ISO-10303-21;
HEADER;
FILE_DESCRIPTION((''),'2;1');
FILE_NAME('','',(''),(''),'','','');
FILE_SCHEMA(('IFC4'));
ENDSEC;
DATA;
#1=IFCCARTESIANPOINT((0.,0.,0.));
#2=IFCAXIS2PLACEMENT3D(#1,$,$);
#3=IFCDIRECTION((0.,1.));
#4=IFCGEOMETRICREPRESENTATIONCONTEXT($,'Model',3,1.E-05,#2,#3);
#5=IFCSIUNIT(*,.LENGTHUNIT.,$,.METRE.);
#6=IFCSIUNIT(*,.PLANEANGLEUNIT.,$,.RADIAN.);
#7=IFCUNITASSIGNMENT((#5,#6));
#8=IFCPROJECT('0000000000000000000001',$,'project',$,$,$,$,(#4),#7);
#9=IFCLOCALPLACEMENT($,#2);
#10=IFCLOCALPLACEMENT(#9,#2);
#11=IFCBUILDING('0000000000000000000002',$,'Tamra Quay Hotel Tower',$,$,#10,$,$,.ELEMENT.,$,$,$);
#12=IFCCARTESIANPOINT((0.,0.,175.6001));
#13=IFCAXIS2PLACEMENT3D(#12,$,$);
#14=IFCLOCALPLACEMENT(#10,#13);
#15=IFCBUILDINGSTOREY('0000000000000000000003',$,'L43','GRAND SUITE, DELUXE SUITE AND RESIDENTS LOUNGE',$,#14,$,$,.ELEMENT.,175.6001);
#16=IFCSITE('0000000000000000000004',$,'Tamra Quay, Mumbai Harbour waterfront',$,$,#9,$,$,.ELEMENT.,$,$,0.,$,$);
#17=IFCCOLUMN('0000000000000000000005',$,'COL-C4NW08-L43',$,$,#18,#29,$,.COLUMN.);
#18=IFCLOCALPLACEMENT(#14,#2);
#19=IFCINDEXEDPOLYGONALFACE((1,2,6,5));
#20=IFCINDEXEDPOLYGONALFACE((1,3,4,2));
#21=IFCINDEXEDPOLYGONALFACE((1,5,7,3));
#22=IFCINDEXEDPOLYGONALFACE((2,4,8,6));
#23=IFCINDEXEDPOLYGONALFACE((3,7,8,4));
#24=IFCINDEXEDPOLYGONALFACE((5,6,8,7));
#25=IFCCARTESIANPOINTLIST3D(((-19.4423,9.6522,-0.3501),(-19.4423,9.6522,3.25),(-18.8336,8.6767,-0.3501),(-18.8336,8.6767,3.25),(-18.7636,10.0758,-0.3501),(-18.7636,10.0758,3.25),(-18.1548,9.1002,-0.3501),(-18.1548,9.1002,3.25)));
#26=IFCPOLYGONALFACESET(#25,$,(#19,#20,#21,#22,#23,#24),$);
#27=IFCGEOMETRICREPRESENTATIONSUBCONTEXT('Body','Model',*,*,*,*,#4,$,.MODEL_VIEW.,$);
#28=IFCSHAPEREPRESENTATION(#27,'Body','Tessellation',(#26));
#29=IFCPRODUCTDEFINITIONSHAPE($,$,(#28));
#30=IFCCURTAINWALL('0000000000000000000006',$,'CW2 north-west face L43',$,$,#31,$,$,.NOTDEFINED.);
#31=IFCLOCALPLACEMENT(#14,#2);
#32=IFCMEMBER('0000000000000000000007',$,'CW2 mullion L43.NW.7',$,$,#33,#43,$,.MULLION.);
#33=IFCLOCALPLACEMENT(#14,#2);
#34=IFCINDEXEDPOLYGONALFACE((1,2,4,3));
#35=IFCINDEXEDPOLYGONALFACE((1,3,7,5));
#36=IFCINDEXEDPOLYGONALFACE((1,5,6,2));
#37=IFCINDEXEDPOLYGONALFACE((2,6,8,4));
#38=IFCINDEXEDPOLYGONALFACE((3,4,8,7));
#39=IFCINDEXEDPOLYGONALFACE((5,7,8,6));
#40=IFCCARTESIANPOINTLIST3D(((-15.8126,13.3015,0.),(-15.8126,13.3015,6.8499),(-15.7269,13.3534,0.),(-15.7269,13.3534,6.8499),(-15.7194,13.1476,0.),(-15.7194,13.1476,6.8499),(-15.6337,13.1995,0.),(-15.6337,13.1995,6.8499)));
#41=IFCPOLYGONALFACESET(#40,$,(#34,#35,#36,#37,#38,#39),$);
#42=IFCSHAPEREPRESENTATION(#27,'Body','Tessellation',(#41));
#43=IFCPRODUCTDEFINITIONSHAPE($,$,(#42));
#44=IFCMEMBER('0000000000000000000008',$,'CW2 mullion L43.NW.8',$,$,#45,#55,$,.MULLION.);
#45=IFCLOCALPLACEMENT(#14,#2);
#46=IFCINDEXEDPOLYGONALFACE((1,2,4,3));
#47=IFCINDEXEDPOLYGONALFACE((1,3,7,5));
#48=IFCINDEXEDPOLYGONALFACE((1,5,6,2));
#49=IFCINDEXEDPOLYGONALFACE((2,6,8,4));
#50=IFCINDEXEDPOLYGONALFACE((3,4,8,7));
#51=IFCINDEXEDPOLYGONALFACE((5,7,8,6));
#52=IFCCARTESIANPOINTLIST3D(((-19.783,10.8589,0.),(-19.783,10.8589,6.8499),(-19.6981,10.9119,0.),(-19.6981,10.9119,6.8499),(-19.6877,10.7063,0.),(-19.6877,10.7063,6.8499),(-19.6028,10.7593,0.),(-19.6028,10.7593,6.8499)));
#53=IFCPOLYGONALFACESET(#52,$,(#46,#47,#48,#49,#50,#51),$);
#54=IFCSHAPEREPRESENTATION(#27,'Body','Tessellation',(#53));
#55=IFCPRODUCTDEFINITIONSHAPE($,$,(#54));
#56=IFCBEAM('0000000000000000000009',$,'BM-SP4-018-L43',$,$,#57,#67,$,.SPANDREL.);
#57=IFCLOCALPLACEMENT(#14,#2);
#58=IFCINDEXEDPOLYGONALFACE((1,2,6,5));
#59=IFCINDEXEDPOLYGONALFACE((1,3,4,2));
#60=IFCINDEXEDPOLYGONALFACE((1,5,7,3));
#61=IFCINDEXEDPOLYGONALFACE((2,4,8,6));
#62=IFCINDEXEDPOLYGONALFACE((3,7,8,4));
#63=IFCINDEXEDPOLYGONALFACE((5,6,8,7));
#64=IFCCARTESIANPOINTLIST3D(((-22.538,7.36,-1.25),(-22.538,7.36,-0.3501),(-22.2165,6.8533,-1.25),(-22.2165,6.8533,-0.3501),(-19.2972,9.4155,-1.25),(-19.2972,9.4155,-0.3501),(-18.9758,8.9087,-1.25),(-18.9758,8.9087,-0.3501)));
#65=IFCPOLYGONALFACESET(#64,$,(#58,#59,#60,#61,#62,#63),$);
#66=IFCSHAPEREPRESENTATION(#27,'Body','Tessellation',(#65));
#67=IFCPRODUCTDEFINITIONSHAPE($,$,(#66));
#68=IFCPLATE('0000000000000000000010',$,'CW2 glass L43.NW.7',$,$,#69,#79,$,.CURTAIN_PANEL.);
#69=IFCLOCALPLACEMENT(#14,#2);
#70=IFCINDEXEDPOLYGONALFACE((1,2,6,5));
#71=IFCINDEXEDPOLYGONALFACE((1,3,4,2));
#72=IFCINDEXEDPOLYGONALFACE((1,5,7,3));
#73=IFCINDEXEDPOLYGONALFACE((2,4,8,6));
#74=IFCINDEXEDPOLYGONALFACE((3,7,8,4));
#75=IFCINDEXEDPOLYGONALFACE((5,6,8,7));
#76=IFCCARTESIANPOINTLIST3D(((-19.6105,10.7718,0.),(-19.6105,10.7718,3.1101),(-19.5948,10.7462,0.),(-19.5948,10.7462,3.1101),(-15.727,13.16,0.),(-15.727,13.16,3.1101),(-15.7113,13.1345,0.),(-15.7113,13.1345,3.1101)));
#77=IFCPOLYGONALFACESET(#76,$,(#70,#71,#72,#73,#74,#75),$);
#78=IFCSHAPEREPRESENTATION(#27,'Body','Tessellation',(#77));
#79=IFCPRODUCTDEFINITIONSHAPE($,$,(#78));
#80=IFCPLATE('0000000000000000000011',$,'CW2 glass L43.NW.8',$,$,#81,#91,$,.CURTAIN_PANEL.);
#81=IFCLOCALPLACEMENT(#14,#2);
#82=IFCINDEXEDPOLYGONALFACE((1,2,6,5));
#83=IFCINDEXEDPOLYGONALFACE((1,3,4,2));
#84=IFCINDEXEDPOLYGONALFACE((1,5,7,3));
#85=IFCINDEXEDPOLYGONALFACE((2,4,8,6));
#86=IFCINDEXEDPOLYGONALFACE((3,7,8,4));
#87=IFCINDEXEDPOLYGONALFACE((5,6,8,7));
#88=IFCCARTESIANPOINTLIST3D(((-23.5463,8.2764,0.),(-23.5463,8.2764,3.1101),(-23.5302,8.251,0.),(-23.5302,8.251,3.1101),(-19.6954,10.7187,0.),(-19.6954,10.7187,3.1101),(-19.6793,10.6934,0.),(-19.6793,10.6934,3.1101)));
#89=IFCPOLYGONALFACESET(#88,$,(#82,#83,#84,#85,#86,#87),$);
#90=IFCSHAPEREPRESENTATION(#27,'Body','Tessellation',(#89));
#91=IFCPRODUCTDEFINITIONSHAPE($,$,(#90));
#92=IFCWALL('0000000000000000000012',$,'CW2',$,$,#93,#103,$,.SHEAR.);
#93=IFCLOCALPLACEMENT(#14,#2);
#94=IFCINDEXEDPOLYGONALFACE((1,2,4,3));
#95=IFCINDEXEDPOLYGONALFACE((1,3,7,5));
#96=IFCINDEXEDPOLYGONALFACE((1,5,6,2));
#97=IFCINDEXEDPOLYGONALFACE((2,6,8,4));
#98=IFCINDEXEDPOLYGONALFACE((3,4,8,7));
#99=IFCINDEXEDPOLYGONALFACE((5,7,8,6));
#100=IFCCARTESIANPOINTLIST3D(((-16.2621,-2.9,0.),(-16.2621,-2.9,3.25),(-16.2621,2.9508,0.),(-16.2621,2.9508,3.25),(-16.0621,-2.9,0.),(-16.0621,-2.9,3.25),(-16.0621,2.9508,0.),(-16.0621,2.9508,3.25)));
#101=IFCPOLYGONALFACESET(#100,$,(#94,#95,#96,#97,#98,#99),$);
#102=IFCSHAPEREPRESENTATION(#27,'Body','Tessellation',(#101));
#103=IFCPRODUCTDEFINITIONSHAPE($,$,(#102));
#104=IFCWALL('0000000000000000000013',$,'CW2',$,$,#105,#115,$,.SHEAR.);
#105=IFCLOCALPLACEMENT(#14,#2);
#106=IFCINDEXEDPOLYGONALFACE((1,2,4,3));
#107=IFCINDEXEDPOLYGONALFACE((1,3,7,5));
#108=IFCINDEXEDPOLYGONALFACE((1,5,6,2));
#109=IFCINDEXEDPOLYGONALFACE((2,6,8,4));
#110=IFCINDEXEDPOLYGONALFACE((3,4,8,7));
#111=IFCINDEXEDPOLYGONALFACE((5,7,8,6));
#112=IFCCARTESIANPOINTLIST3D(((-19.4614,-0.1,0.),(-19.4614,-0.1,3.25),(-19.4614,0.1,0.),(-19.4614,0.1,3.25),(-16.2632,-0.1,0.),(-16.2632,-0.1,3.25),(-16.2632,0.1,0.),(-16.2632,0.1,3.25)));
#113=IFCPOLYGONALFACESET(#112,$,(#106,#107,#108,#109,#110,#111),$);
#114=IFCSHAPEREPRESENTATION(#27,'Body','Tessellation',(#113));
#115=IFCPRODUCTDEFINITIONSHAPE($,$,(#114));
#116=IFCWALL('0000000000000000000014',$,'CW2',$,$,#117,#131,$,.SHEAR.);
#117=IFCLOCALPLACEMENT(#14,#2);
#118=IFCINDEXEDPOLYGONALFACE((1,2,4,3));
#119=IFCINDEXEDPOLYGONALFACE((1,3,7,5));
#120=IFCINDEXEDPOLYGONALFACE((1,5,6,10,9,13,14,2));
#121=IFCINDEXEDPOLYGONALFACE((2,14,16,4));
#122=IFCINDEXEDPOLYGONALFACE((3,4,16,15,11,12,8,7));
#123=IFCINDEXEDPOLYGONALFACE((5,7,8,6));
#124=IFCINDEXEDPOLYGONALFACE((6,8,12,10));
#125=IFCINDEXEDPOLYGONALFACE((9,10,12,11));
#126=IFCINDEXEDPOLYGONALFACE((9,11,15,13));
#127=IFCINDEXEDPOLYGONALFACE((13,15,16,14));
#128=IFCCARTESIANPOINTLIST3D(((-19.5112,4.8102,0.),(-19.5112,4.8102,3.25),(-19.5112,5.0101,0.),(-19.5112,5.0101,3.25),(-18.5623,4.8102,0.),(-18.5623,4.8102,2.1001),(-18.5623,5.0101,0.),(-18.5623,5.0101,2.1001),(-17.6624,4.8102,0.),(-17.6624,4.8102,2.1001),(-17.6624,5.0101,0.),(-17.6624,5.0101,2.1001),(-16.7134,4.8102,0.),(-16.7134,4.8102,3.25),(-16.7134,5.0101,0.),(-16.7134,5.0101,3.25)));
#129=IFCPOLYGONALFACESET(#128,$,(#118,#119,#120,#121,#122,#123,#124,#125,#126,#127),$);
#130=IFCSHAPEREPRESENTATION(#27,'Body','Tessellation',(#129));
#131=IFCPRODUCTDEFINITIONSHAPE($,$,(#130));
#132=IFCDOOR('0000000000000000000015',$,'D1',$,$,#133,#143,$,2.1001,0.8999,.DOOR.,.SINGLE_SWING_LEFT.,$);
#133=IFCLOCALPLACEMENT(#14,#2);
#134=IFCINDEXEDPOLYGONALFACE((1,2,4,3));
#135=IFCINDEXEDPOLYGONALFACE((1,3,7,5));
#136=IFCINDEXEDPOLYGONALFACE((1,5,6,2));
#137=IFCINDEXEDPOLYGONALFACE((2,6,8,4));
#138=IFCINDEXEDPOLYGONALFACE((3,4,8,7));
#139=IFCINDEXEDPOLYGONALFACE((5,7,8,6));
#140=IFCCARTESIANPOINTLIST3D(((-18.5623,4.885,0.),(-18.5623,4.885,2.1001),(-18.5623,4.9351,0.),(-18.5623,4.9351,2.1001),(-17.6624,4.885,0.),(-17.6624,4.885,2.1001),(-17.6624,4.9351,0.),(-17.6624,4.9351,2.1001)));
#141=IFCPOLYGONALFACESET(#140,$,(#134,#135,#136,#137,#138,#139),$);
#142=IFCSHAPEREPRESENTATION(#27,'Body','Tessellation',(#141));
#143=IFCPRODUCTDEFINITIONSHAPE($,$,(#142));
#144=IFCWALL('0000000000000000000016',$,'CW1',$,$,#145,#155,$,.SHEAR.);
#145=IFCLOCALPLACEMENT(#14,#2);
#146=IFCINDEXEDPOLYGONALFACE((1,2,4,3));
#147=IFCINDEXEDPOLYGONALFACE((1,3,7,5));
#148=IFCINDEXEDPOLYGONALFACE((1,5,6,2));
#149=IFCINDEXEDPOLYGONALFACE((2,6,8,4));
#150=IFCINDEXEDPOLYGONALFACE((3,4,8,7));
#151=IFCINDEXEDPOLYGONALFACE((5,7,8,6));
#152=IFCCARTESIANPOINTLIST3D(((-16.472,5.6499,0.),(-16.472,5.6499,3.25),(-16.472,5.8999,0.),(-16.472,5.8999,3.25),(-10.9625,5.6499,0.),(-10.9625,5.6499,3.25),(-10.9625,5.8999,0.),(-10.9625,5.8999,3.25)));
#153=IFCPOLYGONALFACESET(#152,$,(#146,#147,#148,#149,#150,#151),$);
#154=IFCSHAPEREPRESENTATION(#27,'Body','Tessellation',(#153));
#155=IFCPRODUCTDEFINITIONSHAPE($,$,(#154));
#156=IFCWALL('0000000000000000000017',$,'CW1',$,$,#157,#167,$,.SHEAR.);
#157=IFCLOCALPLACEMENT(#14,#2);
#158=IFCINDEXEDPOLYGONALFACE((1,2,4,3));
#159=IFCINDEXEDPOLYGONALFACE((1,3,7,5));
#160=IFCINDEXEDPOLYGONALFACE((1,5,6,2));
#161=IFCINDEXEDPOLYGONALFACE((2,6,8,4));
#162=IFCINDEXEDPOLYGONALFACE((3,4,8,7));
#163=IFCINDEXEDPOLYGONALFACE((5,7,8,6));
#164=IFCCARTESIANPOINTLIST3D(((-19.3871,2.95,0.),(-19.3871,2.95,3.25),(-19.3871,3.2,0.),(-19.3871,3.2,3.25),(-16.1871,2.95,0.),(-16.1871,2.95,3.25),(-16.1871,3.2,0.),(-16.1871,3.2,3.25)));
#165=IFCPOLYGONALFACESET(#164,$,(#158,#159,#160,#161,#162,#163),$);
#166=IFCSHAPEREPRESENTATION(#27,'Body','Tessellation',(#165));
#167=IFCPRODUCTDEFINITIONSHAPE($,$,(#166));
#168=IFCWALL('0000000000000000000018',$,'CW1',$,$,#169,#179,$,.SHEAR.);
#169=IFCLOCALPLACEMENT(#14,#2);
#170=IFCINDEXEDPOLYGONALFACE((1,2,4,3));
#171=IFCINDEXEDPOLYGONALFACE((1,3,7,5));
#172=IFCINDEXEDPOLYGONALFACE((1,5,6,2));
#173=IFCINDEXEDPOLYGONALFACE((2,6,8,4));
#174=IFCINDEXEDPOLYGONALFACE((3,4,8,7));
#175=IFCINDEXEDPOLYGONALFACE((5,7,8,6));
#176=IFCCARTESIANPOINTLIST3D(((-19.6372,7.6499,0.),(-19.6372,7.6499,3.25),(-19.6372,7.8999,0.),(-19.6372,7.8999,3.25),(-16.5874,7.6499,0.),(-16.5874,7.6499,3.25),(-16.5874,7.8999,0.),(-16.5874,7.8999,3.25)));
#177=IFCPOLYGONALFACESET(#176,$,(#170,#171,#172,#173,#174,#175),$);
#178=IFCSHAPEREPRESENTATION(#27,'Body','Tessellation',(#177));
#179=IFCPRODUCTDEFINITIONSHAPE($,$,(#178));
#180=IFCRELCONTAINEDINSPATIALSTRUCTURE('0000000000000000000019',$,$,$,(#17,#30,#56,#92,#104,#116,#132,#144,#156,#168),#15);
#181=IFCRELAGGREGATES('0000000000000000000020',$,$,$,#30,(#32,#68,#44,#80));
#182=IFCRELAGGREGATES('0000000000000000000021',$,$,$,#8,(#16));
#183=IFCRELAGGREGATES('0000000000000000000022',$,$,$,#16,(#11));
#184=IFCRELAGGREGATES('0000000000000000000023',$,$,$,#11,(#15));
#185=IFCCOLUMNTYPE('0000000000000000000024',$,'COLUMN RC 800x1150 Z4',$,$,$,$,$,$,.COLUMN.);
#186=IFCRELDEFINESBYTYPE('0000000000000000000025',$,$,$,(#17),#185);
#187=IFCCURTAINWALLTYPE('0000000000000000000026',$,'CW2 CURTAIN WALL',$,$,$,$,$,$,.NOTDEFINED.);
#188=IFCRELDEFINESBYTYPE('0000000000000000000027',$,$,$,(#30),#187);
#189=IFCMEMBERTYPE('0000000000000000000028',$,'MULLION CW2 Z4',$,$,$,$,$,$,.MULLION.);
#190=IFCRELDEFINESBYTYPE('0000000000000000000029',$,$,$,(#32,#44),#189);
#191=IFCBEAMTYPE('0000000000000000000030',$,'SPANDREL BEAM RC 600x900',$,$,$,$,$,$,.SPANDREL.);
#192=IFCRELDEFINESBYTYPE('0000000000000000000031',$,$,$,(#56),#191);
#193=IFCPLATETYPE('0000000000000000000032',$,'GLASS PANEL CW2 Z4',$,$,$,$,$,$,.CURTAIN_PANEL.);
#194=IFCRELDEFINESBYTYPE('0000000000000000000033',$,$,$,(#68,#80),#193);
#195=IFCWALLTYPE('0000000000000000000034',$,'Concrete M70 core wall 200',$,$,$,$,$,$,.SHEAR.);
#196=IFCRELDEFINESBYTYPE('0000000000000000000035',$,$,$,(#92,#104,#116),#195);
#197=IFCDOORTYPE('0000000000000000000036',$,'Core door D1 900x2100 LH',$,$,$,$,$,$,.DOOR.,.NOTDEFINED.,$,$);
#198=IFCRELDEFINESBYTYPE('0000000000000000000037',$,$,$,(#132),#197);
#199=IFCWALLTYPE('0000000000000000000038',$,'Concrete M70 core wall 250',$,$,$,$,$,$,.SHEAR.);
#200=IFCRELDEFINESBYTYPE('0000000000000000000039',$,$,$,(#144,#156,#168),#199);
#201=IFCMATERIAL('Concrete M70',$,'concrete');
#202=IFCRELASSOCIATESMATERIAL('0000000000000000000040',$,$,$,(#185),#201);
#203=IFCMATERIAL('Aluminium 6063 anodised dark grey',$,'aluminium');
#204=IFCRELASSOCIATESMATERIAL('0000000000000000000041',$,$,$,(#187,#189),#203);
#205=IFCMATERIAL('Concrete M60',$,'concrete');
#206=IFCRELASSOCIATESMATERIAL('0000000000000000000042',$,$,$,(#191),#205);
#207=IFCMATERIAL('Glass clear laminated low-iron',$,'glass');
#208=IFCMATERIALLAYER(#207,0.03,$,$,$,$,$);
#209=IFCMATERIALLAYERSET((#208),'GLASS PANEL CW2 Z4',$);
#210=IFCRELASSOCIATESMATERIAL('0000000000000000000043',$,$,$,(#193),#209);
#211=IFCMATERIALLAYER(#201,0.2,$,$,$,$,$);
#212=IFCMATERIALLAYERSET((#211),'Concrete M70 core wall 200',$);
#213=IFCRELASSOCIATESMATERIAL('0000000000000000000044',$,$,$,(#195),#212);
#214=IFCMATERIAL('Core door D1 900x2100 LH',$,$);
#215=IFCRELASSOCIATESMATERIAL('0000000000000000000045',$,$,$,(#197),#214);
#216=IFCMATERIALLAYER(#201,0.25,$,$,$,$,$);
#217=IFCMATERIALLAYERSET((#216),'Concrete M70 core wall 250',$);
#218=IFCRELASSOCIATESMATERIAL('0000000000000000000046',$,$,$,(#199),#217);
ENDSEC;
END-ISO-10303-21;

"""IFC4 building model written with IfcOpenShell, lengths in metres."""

from ifc_helpers import new_model, si_unit, direction, frame, frame_2d, origin, origin_2d, place, context, subcontext, project, spatial, rectangle, extrude, material, layer, layer_set, material_profile, profile_set, type_object, element, fill, aggregate, save


model = new_model("IFC4")

# Units and contexts
model_context = context("Model", 3, precision=1e-05, world=origin(), true_north=direction((0.0, 1.0)))
body_context = subcontext(model_context, "Body", "Model", "MODEL_VIEW")
ifc_project = project(units=[si_unit("LENGTHUNIT", "METRE"), si_unit("PLANEANGLEUNIT", "RADIAN")], contexts=[model_context])

# Site, building, storey
site_placement = place(None, origin())
site = spatial("IfcSite", under=ifc_project, at=site_placement, Name="Tamra Quay, Mumbai Harbour waterfront", CompositionType="ELEMENT", RefElevation=0.0)
building_placement = place(site_placement, origin())
building = spatial("IfcBuilding", under=site, at=building_placement, Name="Tamra Quay Hotel Tower", CompositionType="ELEMENT")
storey_placement = place(building_placement, frame((0.0, 0.0, 175.6001)))
storey = spatial("IfcBuildingStorey", under=building, at=storey_placement, Name="L43", Description="GRAND SUITE, DELUXE SUITE AND RESIDENTS LOUNGE", CompositionType="ELEMENT", Elevation=175.6001)

# Column
ifc_material_1 = material(Name="Concrete M70", Category="concrete")
ifc_material_profile_1 = material_profile(ifc_material_1, rectangle(XDim=1.1499, YDim=0.8, at=origin_2d()), Name="COLUMN RC 800x1150 Z4")
ifc_profile_set_1 = profile_set([ifc_material_profile_1], Name="Concrete M70")
column_type = type_object("IfcColumnType", Name="COLUMN RC 800x1150 Z4", PredefinedType="COLUMN", material=ifc_profile_set_1)
column_placement = place(storey_placement, frame((-18.7986, 9.3762, -0.3501), z_axis=(0.0, 0.0, 1.0), x_axis=(-0.52941, 0.848366, 0.0)))
element("IfcColumn", 1, at=column_placement, inside=storey, type_object=column_type, Name="COL-C4NW08-L43", PredefinedType="COLUMN", context=body_context, shape_type="SweptSolid", body=[
    extrude(rectangle(XDim=1.1499, YDim=0.8, at=origin_2d()), origin(), (0.0, 0.0, 1.0), 3.6001),
])

# Curtain wall, members
ifc_material_2 = material(Name="Aluminium 6063 anodised dark grey", Category="aluminium")
curtain_wall_type = type_object("IfcCurtainWallType", Name="CW2 CURTAIN WALL", PredefinedType="NOTDEFINED", material=ifc_material_2)
curtain_wall_placement = place(storey_placement, origin())
curtain_wall = element("IfcCurtainWall", 2, at=curtain_wall_placement, inside=storey, type_object=curtain_wall_type, Name="CW2 north-west face L43", PredefinedType="NOTDEFINED")
ifc_material_profile_2 = material_profile(ifc_material_2, rectangle(XDim=0.1799, YDim=0.1001, at=origin_2d()), Name="MULLION 100X180")
ifc_profile_set_2 = profile_set([ifc_material_profile_2], Name="Aluminium 6063 anodised dark grey")
member_type = type_object("IfcMemberType", Name="MULLION CW2 Z4", PredefinedType="MULLION", material=ifc_profile_set_2)
member_1_placement = place(storey_placement, frame((-15.7231, 13.2505, 0.0), z_axis=(0.0, 0.0, 1.0), x_axis=(-0.517923, 0.855428, 0.0)))
member_1 = element("IfcMember", 3, at=member_1_placement, type_object=member_type, Name="CW2 mullion L43.NW.7", PredefinedType="MULLION", context=body_context, shape_type="SweptSolid", body=[
    extrude(rectangle(XDim=0.1799, YDim=0.1001, at=origin_2d()), origin(), (0.0, 0.0, 1.0), 6.8499),
])
member_2_placement = place(storey_placement, frame((-19.6929, 10.8091, 0.0), z_axis=(0.0, 0.0, 1.0), x_axis=(-0.529731, 0.848166, 0.0)))
member_2 = element("IfcMember", 4, at=member_2_placement, type_object=member_type, Name="CW2 mullion L43.NW.8", PredefinedType="MULLION", context=body_context, shape_type="SweptSolid", body=[
    extrude(rectangle(XDim=0.1799, YDim=0.1001, at=origin_2d()), origin(), (0.0, 0.0, 1.0), 6.8499),
])

# Beam
ifc_material_3 = material(Name="Concrete M60", Category="concrete")
ifc_material_profile_3 = material_profile(ifc_material_3, rectangle(XDim=0.6001, YDim=0.8999, at=origin_2d()), Name="SPANDREL BEAM RC 600x900")
ifc_profile_set_3 = profile_set([ifc_material_profile_3], Name="Concrete M60")
beam_type = type_object("IfcBeamType", Name="SPANDREL BEAM RC 600x900", PredefinedType="SPANDREL", material=ifc_profile_set_3)
beam_placement = place(storey_placement, frame((-19.1365, 9.1621, -0.8), z_axis=(-0.84447, -0.535603, 0.0), x_axis=(0.535603, -0.84447, 0.0)))
element("IfcBeam", 5, at=beam_placement, inside=storey, type_object=beam_type, Name="BM-SP4-018-L43", PredefinedType="SPANDREL", context=body_context, shape_type="SweptSolid", body=[
    extrude(rectangle(XDim=0.6001, YDim=0.8999, at=origin_2d()), origin(), (0.0, 0.0, 1.0), 3.8376),
])

# Plates
ifc_material_4 = material(Name="Glass clear laminated low-iron", Category="glass")
ifc_layer_1 = layer(ifc_material_4, 0.03)
ifc_layer_set_1 = layer_set([ifc_layer_1], Name="GLASS PANEL CW2 Z4")
plate_type = type_object("IfcPlateType", Name="GLASS PANEL CW2 Z4", PredefinedType="CURTAIN_PANEL", material=ifc_layer_set_1)
plate_1_placement = place(storey_placement, frame((-17.6609, 11.9531, 0.0), z_axis=(0.0, 0.0, 1.0), x_axis=(-0.851815, -0.523843, 0.0)))
plate_1 = element("IfcPlate", 6, at=plate_1_placement, type_object=plate_type, Name="CW2 glass L43.NW.7", PredefinedType="CURTAIN_PANEL", context=body_context, shape_type="SweptSolid", body=[
    extrude(rectangle(XDim=4.5591, YDim=0.03, at=origin_2d()), origin(), (0.0, 0.0, 1.0), 3.1101),
])
plate_2_placement = place(storey_placement, frame((-21.6128, 9.4849, 0.0), z_axis=(0.0, 0.0, 1.0), x_axis=(-0.844476, -0.535594, 0.0)))
plate_2 = element("IfcPlate", 7, at=plate_2_placement, type_object=plate_type, Name="CW2 glass L43.NW.8", PredefinedType="CURTAIN_PANEL", context=body_context, shape_type="SweptSolid", body=[
    extrude(rectangle(XDim=4.5601, YDim=0.03, at=origin_2d()), origin(), (0.0, 0.0, 1.0), 3.1101),
])
aggregate(curtain_wall, [member_1, plate_1, member_2, plate_2])

# Walls
ifc_layer_2 = layer(ifc_material_1, 0.2)
ifc_layer_set_2 = layer_set([ifc_layer_2], Name="Concrete M70 core wall 200")
wall_type_1 = type_object("IfcWallType", Name="Concrete M70 core wall 200", PredefinedType="SHEAR", material=ifc_layer_set_2)
wall_1_placement = place(storey_placement, frame((-16.1621, 2.9507, 0.0), z_axis=(0.0, 0.0, 1.0), x_axis=(0.0, -1.0, 0.0)))
element("IfcWall", 8, at=wall_1_placement, inside=storey, type_object=wall_type_1, Name="CW2", PredefinedType="SHEAR", context=body_context, shape_type="SweptSolid", body=[
    extrude(rectangle(XDim=5.8508, YDim=0.2, at=frame_2d((2.9253, 0.0))), origin(), (0.0, 0.0, 1.0), 3.25),
])
wall_2_placement = place(storey_placement, frame((-16.2632, 0.0, 0.0), z_axis=(0.0, 0.0, 1.0), x_axis=(-1.0, 0.0, 0.0)))
element("IfcWall", 9, at=wall_2_placement, inside=storey, type_object=wall_type_1, Name="CW2", PredefinedType="SHEAR", context=body_context, shape_type="SweptSolid", body=[
    extrude(rectangle(XDim=3.1982, YDim=0.2, at=frame_2d((1.5991, 0.0))), origin(), (0.0, 0.0, 1.0), 3.25),
])

# Wall, opening, door
wall_3_placement = place(storey_placement, frame((-19.5112, 4.9102, 0.0), z_axis=(0.0, 0.0, 1.0), x_axis=(1.0, 0.0, 0.0)))
wall_3 = element("IfcWall", 10, at=wall_3_placement, inside=storey, type_object=wall_type_1, Name="CW2", PredefinedType="SHEAR", context=body_context, shape_type="SweptSolid", body=[
    extrude(rectangle(XDim=2.7979, YDim=0.2, at=frame_2d((1.3989, 0.0))), origin(), (0.0, 0.0, 1.0), 3.25),
])
opening_placement = place(wall_3_placement, frame((0.949, 0.0, 0.0)))
opening = element("IfcOpeningElement", 11, at=opening_placement, cuts=wall_3, PredefinedType="OPENING", context=body_context, shape_type="SweptSolid", body=[
    extrude(rectangle(XDim=0.8999, YDim=2.1001, at=frame_2d((0.45, 1.05))), frame((0.0, 0.1099, 0.0), z_axis=(0.0, -1.0, 0.0), x_axis=(1.0, 0.0, 0.0)), (0.0, 0.0, 1.0), 0.22),
])
ifc_material_5 = material(Name="Core door D1 900x2100 LH")
door_type = type_object("IfcDoorType", Name="Core door D1 900x2100 LH", OperationType="NOTDEFINED", PredefinedType="DOOR", material=ifc_material_5)
door_placement = place(opening_placement, origin())
door = element("IfcDoor", 12, at=door_placement, inside=storey, type_object=door_type, Name="D1", OperationType="SINGLE_SWING_LEFT", OverallHeight=2.1001, OverallWidth=0.8999, PredefinedType="DOOR", context=body_context, shape_type="SweptSolid", body=[
    extrude(rectangle(XDim=0.8999, YDim=2.1001, at=frame_2d((0.45, 1.05))), frame((0.0, 0.0249, 0.0), z_axis=(0.0, -1.0, 0.0), x_axis=(1.0, 0.0, 0.0)), (0.0, 0.0, 1.0), 0.05),
])
fill(opening, door)

# Walls
ifc_layer_3 = layer(ifc_material_1, 0.25)
ifc_layer_set_3 = layer_set([ifc_layer_3], Name="Concrete M70 core wall 250")
wall_type_2 = type_object("IfcWallType", Name="Concrete M70 core wall 250", PredefinedType="SHEAR", material=ifc_layer_set_3)
wall_4_placement = place(storey_placement, frame((-16.4722, 5.7749, 0.0), z_axis=(0.0, 0.0, 1.0), x_axis=(1.0, 0.0, 0.0)))
element("IfcWall", 13, at=wall_4_placement, inside=storey, type_object=wall_type_2, Name="CW1", PredefinedType="SHEAR", context=body_context, shape_type="SweptSolid", body=[
    extrude(rectangle(XDim=5.5095, YDim=0.25, at=frame_2d((2.7549, 0.0))), origin(), (0.0, 0.0, 1.0), 3.25),
])
wall_5_placement = place(storey_placement, frame((-19.3872, 3.075, 0.0), z_axis=(0.0, 0.0, 1.0), x_axis=(1.0, 0.0, 0.0)))
element("IfcWall", 14, at=wall_5_placement, inside=storey, type_object=wall_type_2, Name="CW1", PredefinedType="SHEAR", context=body_context, shape_type="SweptSolid", body=[
    extrude(rectangle(XDim=3.2, YDim=0.25, at=frame_2d((1.6001, 0.0))), origin(), (0.0, 0.0, 1.0), 3.25),
])
wall_6_placement = place(storey_placement, frame((-19.6372, 7.7749, 0.0), z_axis=(0.0, 0.0, 1.0), x_axis=(1.0, 0.0, 0.0)))
element("IfcWall", 15, at=wall_6_placement, inside=storey, type_object=wall_type_2, Name="CW1", PredefinedType="SHEAR", context=body_context, shape_type="SweptSolid", body=[
    extrude(rectangle(XDim=3.0498, YDim=0.25, at=frame_2d((1.5249, 0.0))), origin(), (0.0, 0.0, 1.0), 3.25),
])

save(model, "model.ifc")
